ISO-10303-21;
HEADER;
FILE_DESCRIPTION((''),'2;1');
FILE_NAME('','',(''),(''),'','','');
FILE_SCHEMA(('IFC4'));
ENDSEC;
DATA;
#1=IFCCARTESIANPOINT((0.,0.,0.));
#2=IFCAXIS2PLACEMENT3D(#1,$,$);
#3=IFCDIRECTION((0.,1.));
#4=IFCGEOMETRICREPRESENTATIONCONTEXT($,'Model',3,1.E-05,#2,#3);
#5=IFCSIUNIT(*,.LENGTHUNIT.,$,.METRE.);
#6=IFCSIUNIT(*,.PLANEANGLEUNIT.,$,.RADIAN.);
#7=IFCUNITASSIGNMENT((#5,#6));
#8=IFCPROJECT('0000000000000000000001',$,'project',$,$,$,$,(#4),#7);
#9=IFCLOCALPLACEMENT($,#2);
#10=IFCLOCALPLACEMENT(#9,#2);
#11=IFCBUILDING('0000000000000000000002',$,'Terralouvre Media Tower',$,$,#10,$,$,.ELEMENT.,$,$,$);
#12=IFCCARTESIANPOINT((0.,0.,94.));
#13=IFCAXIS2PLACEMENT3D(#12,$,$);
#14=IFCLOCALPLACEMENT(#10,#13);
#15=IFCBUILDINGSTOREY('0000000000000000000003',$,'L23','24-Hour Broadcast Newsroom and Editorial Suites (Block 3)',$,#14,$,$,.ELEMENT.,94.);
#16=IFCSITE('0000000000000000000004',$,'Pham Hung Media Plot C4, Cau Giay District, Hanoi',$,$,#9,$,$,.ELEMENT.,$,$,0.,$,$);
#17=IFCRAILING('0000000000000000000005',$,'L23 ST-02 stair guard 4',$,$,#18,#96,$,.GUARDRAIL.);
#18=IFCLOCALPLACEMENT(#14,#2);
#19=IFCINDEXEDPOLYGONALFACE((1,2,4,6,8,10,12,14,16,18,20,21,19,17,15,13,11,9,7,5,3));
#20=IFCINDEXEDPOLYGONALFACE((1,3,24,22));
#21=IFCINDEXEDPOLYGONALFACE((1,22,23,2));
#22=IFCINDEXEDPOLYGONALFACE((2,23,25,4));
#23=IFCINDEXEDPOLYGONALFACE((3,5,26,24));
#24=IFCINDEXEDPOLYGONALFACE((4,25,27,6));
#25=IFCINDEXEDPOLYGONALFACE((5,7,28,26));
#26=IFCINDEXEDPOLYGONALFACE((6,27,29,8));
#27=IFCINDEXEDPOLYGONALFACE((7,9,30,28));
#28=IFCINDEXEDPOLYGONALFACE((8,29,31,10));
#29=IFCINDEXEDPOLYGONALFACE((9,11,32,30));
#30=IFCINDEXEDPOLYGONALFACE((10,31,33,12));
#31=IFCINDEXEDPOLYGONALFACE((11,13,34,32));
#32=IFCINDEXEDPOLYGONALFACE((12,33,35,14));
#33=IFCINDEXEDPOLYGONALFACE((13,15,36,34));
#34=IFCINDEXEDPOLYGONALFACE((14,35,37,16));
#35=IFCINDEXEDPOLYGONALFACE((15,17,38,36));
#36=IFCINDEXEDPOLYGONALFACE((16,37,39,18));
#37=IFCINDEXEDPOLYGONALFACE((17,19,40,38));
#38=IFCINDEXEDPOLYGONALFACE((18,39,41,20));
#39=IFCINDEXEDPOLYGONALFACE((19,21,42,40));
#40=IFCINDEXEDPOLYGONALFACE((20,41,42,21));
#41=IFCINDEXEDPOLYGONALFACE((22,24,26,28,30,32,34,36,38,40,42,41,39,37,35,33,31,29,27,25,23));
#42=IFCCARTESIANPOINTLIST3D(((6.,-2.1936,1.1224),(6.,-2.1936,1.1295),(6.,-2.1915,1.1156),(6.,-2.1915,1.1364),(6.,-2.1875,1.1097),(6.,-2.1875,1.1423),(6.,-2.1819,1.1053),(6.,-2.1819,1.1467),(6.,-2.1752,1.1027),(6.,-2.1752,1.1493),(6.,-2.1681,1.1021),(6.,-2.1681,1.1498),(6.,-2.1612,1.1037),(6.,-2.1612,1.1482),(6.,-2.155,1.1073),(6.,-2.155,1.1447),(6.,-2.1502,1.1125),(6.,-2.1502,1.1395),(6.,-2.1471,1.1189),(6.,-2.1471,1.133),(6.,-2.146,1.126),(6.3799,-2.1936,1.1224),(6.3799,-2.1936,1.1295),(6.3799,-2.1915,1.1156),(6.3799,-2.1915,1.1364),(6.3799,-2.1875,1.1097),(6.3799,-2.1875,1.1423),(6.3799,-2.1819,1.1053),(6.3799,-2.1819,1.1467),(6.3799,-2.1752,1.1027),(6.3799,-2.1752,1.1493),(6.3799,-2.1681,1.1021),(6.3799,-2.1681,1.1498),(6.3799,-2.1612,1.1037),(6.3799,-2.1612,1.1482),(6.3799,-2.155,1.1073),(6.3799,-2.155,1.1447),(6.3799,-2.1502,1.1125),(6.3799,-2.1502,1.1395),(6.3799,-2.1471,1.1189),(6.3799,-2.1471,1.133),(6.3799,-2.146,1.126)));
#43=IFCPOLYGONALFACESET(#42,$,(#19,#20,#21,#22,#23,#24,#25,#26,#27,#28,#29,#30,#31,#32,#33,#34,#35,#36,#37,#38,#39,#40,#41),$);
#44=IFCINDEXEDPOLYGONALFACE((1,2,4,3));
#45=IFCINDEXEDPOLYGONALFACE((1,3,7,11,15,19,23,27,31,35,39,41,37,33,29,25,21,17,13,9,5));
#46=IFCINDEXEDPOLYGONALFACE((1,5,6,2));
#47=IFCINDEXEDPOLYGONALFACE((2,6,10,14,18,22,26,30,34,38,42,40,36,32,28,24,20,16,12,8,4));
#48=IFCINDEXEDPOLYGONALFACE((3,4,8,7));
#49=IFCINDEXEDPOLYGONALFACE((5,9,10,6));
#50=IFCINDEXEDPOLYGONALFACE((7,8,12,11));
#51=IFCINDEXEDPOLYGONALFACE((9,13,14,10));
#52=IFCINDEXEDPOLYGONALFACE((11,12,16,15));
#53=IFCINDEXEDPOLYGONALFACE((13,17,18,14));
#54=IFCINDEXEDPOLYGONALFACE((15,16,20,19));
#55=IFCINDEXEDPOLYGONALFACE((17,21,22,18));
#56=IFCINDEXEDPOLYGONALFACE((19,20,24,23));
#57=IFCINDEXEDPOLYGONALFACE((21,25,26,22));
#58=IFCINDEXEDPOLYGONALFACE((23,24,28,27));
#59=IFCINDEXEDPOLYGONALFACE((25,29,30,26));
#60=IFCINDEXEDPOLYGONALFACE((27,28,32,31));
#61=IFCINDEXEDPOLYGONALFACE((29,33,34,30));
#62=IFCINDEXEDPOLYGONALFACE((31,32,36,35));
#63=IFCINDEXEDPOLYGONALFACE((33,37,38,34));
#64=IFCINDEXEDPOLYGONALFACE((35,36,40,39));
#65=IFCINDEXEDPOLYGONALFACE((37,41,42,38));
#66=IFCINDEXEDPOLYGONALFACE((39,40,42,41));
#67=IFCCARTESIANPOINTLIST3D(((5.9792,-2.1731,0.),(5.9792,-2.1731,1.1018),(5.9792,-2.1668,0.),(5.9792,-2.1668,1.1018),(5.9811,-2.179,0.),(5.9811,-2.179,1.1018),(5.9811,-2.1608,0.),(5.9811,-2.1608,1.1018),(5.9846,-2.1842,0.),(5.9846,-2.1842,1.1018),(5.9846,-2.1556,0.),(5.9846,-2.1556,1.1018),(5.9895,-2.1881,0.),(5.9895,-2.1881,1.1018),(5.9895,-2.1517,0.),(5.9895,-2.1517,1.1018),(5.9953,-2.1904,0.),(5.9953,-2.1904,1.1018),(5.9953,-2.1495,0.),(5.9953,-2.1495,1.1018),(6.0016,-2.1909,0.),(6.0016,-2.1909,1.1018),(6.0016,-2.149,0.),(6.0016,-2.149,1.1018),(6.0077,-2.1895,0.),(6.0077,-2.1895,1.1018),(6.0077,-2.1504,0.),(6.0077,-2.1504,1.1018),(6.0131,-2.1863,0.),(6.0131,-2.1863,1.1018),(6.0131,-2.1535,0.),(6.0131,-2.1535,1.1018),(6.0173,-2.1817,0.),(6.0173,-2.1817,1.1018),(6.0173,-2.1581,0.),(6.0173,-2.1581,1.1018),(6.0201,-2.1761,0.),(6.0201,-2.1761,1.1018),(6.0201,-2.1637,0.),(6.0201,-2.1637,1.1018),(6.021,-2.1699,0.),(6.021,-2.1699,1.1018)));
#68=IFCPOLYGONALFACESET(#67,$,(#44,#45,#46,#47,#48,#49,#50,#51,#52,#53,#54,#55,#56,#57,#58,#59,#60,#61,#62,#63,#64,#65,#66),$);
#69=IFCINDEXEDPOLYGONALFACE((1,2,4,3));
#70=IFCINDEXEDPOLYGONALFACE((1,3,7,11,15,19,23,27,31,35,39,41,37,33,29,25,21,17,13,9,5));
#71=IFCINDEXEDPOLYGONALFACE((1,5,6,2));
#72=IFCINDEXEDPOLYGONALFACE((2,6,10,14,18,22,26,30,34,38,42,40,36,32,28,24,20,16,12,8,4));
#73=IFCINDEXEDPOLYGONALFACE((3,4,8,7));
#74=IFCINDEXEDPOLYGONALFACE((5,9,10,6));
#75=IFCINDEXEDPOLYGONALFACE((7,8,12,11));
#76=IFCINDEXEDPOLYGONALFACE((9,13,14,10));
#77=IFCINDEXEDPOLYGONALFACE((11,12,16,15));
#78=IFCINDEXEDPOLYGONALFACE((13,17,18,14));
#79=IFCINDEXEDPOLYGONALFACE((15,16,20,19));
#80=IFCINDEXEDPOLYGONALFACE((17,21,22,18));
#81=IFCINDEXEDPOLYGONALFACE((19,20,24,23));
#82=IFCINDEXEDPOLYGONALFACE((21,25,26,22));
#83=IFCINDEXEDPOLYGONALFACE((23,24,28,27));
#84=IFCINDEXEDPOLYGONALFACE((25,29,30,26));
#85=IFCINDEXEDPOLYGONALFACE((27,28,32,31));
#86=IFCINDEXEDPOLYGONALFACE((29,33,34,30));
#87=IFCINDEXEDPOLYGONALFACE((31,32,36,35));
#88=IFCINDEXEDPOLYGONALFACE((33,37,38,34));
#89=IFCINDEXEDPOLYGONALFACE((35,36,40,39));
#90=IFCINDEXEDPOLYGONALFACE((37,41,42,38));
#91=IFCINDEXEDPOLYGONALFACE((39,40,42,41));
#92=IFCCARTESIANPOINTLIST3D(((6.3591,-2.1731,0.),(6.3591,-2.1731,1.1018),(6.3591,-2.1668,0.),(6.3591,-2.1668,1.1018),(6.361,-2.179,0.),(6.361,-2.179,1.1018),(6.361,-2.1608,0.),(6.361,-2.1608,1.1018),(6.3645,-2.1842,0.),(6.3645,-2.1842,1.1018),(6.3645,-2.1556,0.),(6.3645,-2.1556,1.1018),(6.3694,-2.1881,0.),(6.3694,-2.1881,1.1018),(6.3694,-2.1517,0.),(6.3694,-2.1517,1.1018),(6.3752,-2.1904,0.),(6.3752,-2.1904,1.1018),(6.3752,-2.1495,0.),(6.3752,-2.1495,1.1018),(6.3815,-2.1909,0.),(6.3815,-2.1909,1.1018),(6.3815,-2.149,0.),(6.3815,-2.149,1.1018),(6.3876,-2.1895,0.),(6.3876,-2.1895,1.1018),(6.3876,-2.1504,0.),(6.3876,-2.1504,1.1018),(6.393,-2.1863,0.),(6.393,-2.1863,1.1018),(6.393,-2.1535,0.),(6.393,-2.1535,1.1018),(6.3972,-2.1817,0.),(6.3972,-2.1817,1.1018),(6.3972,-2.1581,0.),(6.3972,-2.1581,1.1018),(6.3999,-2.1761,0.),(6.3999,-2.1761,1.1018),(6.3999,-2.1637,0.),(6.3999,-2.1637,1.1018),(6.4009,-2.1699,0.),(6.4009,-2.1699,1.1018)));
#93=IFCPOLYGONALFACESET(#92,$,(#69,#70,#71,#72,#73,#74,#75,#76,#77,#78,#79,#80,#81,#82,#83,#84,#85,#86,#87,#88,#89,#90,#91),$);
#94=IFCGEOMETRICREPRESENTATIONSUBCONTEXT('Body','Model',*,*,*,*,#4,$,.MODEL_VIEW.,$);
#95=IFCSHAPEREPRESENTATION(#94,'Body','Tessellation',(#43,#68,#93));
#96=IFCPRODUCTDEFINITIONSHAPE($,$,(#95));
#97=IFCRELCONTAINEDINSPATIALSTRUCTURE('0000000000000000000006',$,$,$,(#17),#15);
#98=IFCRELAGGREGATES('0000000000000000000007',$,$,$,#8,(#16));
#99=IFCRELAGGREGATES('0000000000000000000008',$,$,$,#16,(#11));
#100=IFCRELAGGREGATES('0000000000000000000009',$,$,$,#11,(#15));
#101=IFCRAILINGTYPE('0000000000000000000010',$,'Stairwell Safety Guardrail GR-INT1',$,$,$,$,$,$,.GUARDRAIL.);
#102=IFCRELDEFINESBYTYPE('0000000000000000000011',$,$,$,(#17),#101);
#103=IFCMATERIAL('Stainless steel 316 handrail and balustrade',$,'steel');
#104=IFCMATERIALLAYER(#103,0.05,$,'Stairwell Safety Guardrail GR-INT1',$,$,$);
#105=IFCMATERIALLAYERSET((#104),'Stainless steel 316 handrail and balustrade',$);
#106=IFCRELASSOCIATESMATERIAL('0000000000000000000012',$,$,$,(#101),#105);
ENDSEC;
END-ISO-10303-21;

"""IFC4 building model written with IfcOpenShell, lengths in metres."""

from ifc_helpers import new_model, si_unit, direction, frame, origin, origin_2d, place, context, subcontext, project, spatial, circle, extrude, material, layer, layer_set, type_object, element, save


model = new_model("IFC4")

# Units and contexts
model_context = context("Model", 3, precision=1e-05, world=origin(), true_north=direction((0.0, 1.0)))
body_context = subcontext(model_context, "Body", "Model", "MODEL_VIEW")
ifc_project = project(units=[si_unit("LENGTHUNIT", "METRE"), si_unit("PLANEANGLEUNIT", "RADIAN")], contexts=[model_context])

# Site, building, storey
site_placement = place(None, origin())
site = spatial("IfcSite", under=ifc_project, at=site_placement, Name="Pham Hung Media Plot C4, Cau Giay District, Hanoi", CompositionType="ELEMENT", RefElevation=0.0)
building_placement = place(site_placement, origin())
building = spatial("IfcBuilding", under=site, at=building_placement, Name="Terralouvre Media Tower", CompositionType="ELEMENT")
storey_placement = place(building_placement, frame((0.0, 0.0, 94.0)))
storey = spatial("IfcBuildingStorey", under=building, at=storey_placement, Name="L23", Description="24-Hour Broadcast Newsroom and Editorial Suites (Block 3)", CompositionType="ELEMENT", Elevation=94.0)

# Railing
ifc_material_1 = material(Name="Stainless steel 316 handrail and balustrade", Category="steel")
ifc_layer_1 = layer(ifc_material_1, 0.05, Name="Stairwell Safety Guardrail GR-INT1")
ifc_layer_set_1 = layer_set([ifc_layer_1], Name="Stainless steel 316 handrail and balustrade")
railing_type_1 = type_object("IfcRailingType", Name="Stairwell Safety Guardrail GR-INT1", PredefinedType="GUARDRAIL", material=ifc_layer_set_1)
railing_1_placement = place(storey_placement, frame((6.0, -2.1699, 0.0)))
element("IfcRailing", 1, at=railing_1_placement, inside=storey, type_object=railing_type_1, Name="L23 ST-02 stair guard 4", PredefinedType="GUARDRAIL", context=body_context, shape_type="SweptSolid", body=[
    extrude(circle(Radius=0.0239, at=origin_2d()), frame((0.0, 0.0, 1.126), z_axis=(1.0, 0.0, 0.0), x_axis=(0.0, 1.0, 0.0)), (0.0, 0.0, 1.0), 0.3799),
    extrude(circle(Radius=0.021, at=origin_2d()), origin(), (0.0, 0.0, 1.0), 1.1018),
    extrude(circle(Radius=0.021, at=origin_2d()), frame((0.3799, 0.0, 0.0)), (0.0, 0.0, 1.0), 1.1018),
])

save(model, "model.ifc")
